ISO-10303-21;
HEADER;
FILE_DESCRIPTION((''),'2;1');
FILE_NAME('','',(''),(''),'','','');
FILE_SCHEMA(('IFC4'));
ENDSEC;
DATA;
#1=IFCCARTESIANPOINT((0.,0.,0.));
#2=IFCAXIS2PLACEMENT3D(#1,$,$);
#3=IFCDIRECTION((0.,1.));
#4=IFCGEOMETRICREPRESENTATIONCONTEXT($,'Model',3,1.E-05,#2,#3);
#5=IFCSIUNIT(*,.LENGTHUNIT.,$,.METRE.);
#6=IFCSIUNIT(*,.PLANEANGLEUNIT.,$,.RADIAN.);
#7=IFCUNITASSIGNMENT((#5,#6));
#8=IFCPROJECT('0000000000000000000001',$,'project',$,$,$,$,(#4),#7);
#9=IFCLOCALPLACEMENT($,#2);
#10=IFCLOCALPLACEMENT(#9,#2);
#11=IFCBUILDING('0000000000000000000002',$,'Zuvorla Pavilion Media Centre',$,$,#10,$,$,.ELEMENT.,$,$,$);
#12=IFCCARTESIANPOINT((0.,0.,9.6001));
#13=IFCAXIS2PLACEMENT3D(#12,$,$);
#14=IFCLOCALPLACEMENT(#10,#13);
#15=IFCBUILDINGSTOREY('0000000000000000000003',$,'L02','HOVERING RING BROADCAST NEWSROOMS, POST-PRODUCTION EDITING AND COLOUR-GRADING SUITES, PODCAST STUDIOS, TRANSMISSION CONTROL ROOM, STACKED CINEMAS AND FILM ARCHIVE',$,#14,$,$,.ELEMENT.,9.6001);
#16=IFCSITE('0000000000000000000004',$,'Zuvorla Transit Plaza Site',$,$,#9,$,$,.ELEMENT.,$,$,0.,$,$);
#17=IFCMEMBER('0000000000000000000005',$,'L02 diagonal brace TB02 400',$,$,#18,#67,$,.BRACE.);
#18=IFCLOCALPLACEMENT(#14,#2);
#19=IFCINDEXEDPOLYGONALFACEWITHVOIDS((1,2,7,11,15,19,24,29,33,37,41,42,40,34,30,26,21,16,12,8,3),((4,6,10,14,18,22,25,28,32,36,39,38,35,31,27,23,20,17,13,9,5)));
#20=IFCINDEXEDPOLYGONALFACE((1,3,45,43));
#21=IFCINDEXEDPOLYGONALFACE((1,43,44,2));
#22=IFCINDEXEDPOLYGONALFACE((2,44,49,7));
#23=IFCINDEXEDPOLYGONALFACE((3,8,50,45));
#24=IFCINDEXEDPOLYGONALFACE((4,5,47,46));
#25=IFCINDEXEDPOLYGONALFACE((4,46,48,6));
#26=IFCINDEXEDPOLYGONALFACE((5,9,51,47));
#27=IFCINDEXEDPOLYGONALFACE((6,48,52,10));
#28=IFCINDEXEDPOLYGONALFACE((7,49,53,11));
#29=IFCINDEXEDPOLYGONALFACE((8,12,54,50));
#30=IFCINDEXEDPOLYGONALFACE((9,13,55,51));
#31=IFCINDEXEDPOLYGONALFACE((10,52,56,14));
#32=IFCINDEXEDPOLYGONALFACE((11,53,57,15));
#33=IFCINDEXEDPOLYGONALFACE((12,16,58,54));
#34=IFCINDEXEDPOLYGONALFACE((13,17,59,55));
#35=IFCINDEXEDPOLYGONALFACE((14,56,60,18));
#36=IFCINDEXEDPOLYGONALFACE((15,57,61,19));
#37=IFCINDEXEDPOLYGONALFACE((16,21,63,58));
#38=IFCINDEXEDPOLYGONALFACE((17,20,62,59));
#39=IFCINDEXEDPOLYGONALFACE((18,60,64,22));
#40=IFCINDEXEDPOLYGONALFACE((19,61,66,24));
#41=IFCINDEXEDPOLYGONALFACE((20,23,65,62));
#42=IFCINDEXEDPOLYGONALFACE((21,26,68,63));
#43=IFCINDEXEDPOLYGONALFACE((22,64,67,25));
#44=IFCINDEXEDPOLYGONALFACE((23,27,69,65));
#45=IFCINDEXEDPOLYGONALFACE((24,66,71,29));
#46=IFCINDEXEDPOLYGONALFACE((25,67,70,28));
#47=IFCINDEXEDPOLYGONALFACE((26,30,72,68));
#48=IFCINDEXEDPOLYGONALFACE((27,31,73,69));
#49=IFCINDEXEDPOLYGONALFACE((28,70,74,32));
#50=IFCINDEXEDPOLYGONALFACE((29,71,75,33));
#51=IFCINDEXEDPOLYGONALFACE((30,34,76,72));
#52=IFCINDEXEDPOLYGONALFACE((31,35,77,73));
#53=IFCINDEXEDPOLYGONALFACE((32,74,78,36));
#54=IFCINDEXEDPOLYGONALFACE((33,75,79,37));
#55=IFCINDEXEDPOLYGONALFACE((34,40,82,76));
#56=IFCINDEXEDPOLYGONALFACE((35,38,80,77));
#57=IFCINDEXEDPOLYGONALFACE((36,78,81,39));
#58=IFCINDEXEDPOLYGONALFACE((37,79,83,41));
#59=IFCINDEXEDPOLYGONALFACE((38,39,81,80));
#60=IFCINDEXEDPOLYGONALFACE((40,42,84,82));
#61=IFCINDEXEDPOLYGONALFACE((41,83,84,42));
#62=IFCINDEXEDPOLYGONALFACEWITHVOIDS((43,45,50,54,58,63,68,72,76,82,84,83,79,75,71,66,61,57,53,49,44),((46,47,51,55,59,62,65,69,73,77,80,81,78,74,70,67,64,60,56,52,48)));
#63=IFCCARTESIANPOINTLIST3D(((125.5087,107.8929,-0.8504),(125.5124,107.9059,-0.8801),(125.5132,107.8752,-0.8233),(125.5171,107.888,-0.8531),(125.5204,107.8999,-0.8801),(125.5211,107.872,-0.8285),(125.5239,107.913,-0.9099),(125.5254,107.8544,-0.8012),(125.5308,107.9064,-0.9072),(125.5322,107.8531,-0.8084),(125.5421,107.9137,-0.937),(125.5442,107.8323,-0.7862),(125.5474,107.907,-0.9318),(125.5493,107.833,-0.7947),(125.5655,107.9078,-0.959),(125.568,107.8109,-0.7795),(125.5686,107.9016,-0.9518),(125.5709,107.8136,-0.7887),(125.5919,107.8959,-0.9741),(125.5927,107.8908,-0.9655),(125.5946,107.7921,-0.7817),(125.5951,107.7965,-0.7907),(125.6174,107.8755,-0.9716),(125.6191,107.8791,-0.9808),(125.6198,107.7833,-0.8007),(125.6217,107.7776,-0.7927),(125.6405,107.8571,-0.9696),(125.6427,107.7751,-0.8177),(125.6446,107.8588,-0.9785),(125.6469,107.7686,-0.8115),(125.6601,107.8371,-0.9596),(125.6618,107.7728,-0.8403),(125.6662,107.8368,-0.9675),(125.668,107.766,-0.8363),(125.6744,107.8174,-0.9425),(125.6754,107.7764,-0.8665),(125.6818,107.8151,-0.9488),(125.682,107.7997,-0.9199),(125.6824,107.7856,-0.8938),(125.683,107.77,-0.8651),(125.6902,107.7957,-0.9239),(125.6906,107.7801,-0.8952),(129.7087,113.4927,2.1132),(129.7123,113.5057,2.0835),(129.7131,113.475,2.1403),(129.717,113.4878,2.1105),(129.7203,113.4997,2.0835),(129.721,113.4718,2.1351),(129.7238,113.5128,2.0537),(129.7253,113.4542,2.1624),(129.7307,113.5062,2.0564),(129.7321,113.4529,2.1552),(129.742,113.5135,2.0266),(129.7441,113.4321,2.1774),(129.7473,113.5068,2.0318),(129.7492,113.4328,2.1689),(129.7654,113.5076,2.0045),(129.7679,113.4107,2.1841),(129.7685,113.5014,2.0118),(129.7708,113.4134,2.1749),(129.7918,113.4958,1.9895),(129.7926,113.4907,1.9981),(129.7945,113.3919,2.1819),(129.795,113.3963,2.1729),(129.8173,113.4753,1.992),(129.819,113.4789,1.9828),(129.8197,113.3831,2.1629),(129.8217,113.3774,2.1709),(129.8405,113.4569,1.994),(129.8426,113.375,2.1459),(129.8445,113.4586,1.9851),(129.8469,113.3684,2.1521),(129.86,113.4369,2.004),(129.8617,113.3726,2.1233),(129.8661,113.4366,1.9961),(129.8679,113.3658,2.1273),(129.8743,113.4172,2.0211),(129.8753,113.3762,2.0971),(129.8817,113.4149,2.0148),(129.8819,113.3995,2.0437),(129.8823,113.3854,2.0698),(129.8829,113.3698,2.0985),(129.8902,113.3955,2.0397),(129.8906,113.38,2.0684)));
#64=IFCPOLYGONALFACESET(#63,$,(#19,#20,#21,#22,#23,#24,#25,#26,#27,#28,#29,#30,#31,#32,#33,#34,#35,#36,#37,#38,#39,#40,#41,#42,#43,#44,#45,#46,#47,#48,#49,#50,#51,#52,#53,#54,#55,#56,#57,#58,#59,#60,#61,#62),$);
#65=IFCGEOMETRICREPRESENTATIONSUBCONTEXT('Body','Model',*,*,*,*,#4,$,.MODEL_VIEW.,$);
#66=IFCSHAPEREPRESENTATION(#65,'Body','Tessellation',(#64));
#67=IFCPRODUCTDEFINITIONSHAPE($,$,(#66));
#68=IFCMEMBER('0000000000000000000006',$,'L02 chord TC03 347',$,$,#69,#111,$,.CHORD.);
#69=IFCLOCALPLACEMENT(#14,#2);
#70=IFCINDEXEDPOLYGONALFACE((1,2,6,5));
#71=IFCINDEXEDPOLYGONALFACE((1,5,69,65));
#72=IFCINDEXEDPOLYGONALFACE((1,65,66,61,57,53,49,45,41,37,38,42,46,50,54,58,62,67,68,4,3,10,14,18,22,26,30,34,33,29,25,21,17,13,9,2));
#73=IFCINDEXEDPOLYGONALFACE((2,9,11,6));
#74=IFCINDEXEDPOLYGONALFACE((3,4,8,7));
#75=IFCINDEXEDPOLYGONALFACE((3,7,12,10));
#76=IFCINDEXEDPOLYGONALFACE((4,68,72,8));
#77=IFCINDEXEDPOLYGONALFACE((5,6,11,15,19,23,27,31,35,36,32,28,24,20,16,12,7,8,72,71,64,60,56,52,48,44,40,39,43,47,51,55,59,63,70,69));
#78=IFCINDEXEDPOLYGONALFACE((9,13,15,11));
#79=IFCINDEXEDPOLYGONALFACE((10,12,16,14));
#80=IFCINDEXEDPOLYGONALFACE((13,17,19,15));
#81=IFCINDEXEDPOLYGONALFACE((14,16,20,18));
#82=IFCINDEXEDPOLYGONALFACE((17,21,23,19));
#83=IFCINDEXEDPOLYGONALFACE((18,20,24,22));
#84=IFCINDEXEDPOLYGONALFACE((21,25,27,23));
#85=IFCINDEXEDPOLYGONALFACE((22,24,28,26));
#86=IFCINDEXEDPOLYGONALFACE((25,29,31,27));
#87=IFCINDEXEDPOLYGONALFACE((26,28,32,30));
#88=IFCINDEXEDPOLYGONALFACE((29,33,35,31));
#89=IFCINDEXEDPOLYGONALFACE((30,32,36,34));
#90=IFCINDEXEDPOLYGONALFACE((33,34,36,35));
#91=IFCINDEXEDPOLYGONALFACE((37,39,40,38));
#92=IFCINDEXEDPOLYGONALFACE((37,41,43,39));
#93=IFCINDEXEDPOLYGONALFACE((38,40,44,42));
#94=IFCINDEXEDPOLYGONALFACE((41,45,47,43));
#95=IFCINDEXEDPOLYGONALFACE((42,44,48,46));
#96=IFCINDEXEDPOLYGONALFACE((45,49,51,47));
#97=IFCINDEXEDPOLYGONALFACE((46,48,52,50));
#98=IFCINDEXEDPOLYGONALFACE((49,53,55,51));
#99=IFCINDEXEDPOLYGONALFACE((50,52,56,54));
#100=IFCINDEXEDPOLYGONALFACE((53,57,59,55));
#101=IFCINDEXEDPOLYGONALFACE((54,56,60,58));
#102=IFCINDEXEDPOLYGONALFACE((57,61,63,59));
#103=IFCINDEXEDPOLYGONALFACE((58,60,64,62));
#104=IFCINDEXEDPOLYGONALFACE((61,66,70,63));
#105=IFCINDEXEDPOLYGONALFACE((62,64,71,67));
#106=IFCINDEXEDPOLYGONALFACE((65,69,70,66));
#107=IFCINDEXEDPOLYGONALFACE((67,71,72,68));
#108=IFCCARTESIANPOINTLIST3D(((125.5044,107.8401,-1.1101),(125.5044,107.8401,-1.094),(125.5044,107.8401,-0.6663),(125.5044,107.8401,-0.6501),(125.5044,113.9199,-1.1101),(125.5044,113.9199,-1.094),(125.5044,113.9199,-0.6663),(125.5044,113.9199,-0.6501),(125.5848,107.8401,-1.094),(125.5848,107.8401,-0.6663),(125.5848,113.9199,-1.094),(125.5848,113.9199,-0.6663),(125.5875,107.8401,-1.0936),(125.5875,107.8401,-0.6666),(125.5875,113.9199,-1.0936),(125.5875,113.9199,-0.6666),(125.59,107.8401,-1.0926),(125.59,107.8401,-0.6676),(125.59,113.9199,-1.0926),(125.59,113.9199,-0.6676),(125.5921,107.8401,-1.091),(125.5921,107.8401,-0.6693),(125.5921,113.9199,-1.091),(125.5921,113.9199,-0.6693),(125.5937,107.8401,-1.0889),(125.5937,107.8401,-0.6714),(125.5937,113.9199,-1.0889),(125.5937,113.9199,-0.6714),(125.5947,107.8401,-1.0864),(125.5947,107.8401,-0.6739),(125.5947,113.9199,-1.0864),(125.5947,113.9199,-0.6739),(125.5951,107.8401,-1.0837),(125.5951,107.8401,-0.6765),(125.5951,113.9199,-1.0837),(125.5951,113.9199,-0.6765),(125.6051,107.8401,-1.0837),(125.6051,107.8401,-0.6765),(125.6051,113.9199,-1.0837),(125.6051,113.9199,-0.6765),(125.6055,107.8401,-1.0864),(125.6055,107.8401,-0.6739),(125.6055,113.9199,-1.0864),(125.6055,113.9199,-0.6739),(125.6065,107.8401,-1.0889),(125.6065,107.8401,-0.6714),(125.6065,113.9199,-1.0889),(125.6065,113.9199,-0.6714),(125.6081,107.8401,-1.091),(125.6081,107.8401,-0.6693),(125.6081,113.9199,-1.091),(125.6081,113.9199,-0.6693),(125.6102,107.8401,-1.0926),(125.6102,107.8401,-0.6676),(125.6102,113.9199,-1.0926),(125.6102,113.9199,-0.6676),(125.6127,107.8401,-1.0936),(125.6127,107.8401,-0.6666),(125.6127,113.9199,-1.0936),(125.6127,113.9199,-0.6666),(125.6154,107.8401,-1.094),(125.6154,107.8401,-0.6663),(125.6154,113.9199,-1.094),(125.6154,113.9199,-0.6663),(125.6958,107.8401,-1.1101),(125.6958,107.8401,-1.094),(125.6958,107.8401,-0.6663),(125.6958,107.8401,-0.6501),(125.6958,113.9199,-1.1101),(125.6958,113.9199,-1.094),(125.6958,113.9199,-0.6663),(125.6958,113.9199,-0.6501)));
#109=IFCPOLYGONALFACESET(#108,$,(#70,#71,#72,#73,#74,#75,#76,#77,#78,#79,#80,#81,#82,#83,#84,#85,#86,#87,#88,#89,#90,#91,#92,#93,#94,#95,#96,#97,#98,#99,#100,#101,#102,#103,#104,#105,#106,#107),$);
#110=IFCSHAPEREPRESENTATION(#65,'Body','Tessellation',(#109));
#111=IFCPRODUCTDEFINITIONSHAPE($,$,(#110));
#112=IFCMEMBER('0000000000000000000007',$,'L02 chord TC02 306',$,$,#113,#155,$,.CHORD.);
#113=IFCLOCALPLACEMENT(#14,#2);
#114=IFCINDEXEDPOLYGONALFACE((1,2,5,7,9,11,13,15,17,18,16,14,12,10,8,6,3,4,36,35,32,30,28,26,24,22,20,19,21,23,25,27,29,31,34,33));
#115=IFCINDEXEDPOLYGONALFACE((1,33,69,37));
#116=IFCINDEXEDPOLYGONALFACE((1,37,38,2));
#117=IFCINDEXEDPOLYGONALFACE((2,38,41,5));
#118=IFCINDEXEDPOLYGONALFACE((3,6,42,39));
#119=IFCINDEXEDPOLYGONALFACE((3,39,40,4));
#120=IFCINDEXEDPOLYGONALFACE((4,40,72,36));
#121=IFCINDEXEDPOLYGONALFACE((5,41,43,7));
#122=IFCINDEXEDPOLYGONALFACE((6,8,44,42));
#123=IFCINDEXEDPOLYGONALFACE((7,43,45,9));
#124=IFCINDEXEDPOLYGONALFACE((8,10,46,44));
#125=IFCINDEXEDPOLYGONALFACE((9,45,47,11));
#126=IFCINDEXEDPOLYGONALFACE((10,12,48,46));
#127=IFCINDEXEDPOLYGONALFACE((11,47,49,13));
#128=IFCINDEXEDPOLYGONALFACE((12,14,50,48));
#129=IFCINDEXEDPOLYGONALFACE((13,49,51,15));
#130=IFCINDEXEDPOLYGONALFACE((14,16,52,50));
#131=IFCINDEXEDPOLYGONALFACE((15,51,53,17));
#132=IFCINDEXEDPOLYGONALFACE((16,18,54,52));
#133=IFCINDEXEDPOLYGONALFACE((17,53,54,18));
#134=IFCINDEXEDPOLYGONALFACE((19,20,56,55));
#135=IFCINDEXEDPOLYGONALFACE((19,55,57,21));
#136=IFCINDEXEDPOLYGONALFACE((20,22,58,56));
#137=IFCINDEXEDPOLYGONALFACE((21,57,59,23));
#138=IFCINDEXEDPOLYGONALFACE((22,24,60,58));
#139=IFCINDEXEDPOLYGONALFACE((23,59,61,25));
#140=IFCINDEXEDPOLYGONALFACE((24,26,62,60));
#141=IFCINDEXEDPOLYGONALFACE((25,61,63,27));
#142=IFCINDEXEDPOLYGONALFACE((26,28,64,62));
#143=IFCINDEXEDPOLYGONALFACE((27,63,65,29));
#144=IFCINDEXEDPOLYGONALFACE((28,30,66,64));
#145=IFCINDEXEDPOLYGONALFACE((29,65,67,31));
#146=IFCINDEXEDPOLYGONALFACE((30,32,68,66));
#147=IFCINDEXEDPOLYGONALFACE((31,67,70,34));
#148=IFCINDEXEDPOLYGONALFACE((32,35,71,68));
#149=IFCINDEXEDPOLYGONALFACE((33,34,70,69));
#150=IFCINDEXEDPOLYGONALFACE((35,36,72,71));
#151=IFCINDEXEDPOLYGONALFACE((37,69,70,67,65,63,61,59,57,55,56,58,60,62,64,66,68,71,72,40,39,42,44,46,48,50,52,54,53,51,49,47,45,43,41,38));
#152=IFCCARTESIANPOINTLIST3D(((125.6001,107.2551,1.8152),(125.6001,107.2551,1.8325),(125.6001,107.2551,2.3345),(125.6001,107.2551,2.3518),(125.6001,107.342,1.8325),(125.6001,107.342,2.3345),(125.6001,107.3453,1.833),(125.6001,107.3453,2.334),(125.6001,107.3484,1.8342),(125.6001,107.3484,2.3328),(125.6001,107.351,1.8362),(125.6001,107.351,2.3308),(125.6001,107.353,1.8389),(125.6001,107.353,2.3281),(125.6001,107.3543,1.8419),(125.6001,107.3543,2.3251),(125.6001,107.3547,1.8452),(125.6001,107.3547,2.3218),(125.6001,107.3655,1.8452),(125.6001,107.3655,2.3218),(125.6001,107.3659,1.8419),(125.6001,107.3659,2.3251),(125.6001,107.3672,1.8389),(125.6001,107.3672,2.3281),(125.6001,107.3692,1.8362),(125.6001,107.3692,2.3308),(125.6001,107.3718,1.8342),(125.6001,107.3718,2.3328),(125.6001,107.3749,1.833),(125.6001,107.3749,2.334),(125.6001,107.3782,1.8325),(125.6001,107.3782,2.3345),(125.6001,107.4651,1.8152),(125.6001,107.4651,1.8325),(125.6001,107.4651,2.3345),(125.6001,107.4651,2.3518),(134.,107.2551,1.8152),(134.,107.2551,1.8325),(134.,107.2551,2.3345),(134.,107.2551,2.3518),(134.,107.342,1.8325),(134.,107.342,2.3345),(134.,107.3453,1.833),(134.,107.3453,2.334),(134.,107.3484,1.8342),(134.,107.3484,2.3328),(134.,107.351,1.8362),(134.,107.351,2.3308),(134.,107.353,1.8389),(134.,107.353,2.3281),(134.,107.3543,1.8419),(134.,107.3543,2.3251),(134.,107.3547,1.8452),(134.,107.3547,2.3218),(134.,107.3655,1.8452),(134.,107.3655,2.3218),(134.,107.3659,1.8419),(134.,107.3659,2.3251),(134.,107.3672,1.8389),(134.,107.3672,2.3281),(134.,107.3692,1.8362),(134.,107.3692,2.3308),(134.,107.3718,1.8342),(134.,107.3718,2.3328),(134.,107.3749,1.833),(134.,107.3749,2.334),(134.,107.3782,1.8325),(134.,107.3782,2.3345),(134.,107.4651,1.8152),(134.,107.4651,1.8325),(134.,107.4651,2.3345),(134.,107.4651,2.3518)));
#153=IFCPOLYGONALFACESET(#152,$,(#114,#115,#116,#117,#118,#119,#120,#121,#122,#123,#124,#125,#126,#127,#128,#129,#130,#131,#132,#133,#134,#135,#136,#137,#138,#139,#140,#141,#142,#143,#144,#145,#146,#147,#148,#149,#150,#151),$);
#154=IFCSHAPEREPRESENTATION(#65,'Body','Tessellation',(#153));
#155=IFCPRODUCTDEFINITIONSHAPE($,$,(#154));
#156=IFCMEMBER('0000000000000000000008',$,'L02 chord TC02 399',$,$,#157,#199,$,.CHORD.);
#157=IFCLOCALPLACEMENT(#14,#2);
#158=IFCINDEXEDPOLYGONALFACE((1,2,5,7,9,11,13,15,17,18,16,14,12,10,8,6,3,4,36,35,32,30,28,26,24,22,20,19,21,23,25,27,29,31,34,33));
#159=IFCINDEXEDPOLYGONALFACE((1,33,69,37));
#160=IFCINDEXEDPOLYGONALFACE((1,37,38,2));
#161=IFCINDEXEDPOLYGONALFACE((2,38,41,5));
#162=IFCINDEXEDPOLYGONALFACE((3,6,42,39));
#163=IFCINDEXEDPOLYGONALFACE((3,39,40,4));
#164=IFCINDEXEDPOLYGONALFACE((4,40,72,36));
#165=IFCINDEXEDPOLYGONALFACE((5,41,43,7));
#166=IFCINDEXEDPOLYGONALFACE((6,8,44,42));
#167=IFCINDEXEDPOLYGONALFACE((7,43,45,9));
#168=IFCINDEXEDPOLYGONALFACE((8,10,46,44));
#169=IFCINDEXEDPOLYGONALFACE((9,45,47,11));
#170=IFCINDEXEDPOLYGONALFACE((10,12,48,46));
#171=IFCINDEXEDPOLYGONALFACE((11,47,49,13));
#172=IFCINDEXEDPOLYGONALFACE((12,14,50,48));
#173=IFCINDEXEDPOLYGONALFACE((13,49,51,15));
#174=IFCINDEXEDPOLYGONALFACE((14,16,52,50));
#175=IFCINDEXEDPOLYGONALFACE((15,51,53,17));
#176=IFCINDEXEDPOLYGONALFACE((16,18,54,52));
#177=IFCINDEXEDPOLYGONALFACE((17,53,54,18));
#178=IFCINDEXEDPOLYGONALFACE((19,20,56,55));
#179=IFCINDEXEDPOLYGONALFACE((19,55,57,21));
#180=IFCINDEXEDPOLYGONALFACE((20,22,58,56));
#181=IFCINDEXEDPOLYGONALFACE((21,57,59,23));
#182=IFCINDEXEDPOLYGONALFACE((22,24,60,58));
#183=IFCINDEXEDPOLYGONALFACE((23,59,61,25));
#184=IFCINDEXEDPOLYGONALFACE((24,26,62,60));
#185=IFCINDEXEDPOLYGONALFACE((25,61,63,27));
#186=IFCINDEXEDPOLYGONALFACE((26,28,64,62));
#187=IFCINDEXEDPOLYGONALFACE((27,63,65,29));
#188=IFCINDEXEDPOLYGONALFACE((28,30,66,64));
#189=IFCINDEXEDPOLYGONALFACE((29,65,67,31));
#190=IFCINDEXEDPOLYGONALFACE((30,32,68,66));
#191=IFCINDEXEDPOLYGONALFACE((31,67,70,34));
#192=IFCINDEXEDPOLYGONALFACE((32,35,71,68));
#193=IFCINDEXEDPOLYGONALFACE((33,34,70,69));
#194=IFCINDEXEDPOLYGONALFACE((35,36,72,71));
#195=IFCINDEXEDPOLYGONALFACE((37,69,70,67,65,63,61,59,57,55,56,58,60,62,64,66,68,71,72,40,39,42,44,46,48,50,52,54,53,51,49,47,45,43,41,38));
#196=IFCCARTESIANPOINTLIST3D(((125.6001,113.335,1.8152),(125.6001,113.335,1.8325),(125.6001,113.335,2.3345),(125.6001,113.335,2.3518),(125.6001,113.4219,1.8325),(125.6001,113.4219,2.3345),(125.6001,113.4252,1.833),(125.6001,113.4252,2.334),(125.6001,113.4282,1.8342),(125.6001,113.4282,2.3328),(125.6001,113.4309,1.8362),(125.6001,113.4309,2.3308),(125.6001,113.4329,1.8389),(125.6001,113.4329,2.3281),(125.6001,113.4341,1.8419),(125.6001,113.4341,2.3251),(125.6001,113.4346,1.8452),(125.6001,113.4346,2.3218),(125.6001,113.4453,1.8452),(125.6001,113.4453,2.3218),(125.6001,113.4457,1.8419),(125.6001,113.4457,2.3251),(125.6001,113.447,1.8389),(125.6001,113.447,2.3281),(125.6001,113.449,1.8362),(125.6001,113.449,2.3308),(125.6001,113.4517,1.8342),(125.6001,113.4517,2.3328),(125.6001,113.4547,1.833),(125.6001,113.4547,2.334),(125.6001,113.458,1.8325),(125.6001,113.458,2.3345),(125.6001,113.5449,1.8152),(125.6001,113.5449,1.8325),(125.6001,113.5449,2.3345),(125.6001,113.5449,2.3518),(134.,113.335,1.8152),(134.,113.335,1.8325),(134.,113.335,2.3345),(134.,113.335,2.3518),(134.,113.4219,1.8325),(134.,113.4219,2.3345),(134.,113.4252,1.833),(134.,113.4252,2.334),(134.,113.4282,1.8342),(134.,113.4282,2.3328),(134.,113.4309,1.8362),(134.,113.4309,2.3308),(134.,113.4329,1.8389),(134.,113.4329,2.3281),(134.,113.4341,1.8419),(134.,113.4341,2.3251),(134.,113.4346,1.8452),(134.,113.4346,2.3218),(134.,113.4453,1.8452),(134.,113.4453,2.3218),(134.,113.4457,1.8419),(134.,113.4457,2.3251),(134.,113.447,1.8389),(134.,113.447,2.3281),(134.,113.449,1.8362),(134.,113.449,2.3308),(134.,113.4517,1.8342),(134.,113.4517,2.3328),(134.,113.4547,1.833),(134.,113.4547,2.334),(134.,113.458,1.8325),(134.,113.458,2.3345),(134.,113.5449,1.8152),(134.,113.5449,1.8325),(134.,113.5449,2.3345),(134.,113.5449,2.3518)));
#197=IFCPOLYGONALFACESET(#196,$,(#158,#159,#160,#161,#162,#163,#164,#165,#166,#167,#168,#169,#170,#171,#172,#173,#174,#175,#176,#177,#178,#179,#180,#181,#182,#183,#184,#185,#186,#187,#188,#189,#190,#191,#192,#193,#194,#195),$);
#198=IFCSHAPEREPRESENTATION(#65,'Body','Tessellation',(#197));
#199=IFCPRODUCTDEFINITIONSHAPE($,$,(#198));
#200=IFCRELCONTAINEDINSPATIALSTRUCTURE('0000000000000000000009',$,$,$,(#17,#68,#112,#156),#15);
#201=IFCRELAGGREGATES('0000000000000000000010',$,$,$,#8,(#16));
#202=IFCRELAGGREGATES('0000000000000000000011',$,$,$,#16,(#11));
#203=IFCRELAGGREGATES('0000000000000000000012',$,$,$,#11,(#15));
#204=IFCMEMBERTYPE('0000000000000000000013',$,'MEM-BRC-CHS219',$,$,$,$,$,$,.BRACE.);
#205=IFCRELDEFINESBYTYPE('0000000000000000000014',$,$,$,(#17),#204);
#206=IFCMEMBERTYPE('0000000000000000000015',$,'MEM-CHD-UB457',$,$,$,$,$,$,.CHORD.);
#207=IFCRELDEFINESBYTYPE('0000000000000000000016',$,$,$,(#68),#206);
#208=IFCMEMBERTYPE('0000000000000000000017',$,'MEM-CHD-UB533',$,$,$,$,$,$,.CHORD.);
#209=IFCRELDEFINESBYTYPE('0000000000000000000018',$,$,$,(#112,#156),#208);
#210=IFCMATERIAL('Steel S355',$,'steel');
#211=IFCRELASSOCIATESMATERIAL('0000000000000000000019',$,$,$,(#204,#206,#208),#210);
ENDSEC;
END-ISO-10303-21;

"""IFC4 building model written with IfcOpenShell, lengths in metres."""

from ifc_helpers import new_model, si_unit, direction, frame, origin, origin_2d, place, context, subcontext, project, spatial, hollow_circle, i_section, extrude, material, material_profile, profile_set, type_object, element, save


model = new_model("IFC4")

# Units and contexts
model_context = context("Model", 3, precision=1e-05, world=origin(), true_north=direction((0.0, 1.0)))
body_context = subcontext(model_context, "Body", "Model", "MODEL_VIEW")
ifc_project = project(units=[si_unit("LENGTHUNIT", "METRE"), si_unit("PLANEANGLEUNIT", "RADIAN")], contexts=[model_context])

# Site, building, storey
site_placement = place(None, origin())
site = spatial("IfcSite", under=ifc_project, at=site_placement, Name="Zuvorla Transit Plaza Site", CompositionType="ELEMENT", RefElevation=0.0)
building_placement = place(site_placement, origin())
building = spatial("IfcBuilding", under=site, at=building_placement, Name="Zuvorla Pavilion Media Centre", CompositionType="ELEMENT")
storey_placement = place(building_placement, frame((0.0, 0.0, 9.6001)))
storey = spatial("IfcBuildingStorey", under=building, at=storey_placement, Name="L02", Description="HOVERING RING BROADCAST NEWSROOMS, POST-PRODUCTION EDITING AND COLOUR-GRADING SUITES, PODCAST STUDIOS, TRANSMISSION CONTROL ROOM, STACKED CINEMAS AND FILM ARCHIVE", CompositionType="ELEMENT", Elevation=9.6001)

# Shared definitions
ifc_material_1 = material(Name="Steel S355", Category="steel")

# Members
ifc_material_profile_1 = material_profile(ifc_material_1, hollow_circle(Radius=0.1096, WallThickness=0.01, at=origin_2d()), Name="CHS 219.1x10")
ifc_profile_set_1 = profile_set([ifc_material_profile_1], Name="Steel S355")
member_type_1 = type_object("IfcMemberType", Name="MEM-BRC-CHS219", PredefinedType="BRACE", material=ifc_profile_set_1)
member_1_placement = place(storey_placement, frame((125.6001, 107.8401, -0.8801), z_axis=(0.552525, 0.736689, 0.389879), x_axis=(-0.799996, 0.600006, 0.0)))
element("IfcMember", 1, at=member_1_placement, inside=storey, type_object=member_type_1, Name="L02 diagonal brace TB02 400", PredefinedType="BRACE", context=body_context, shape_type="SweptSolid", body=[
    extrude(hollow_circle(Radius=0.1096, WallThickness=0.01, at=origin_2d()), origin(), (0.0, 0.0, 1.0), 7.6013),
])
ifc_material_profile_2 = material_profile(ifc_material_1, i_section(OverallWidth=0.1914, OverallDepth=0.46, WebThickness=0.01, FlangeThickness=0.0161, FilletRadius=0.0103, at=origin_2d()), Name="UB 457x191x82")
ifc_profile_set_2 = profile_set([ifc_material_profile_2], Name="Steel S355")
member_type_2 = type_object("IfcMemberType", Name="MEM-CHD-UB457", PredefinedType="CHORD", material=ifc_profile_set_2)
member_2_placement = place(storey_placement, frame((125.6001, 107.8401, -0.8801), z_axis=(0.0, 1.0, 0.0), x_axis=(-1.0, 0.0, 0.0)))
element("IfcMember", 2, at=member_2_placement, inside=storey, type_object=member_type_2, Name="L02 chord TC03 347", PredefinedType="CHORD", context=body_context, shape_type="SweptSolid", body=[
    extrude(i_section(OverallWidth=0.1914, OverallDepth=0.46, WebThickness=0.01, FlangeThickness=0.0161, FilletRadius=0.0103, at=origin_2d()), origin(), (0.0, 0.0, 1.0), 6.0798),
])
ifc_material_profile_3 = material_profile(ifc_material_1, i_section(OverallWidth=0.21, OverallDepth=0.5366, WebThickness=0.0107, FlangeThickness=0.0173, FilletRadius=0.0127, at=origin_2d()), Name="UB 533x210x101")
ifc_profile_set_3 = profile_set([ifc_material_profile_3], Name="Steel S355")
member_type_3 = type_object("IfcMemberType", Name="MEM-CHD-UB533", PredefinedType="CHORD", material=ifc_profile_set_3)
for number, where, z_axis, x_axis, name in (
    (3, (125.6001, 107.3601, 2.0835), (1.0, 0.0, 0.0), (0.0, 1.0, 0.0), "L02 chord TC02 306"),
    (4, (125.6001, 113.4399, 2.0835), (1.0, 0.0, 0.0), (0.0, 1.0, 0.0), "L02 chord TC02 399"),
):
    element("IfcMember", number, at=place(storey_placement, frame(where, z_axis=z_axis, x_axis=x_axis)), inside=storey, type_object=member_type_3, Name=name, PredefinedType="CHORD", context=body_context, shape_type="SweptSolid", body=[
        extrude(i_section(OverallWidth=0.21, OverallDepth=0.5366, WebThickness=0.0107, FlangeThickness=0.0173, FilletRadius=0.0127, at=origin_2d()), origin(), (0.0, 0.0, 1.0), 8.3999),
    ])

save(model, "model.ifc")
